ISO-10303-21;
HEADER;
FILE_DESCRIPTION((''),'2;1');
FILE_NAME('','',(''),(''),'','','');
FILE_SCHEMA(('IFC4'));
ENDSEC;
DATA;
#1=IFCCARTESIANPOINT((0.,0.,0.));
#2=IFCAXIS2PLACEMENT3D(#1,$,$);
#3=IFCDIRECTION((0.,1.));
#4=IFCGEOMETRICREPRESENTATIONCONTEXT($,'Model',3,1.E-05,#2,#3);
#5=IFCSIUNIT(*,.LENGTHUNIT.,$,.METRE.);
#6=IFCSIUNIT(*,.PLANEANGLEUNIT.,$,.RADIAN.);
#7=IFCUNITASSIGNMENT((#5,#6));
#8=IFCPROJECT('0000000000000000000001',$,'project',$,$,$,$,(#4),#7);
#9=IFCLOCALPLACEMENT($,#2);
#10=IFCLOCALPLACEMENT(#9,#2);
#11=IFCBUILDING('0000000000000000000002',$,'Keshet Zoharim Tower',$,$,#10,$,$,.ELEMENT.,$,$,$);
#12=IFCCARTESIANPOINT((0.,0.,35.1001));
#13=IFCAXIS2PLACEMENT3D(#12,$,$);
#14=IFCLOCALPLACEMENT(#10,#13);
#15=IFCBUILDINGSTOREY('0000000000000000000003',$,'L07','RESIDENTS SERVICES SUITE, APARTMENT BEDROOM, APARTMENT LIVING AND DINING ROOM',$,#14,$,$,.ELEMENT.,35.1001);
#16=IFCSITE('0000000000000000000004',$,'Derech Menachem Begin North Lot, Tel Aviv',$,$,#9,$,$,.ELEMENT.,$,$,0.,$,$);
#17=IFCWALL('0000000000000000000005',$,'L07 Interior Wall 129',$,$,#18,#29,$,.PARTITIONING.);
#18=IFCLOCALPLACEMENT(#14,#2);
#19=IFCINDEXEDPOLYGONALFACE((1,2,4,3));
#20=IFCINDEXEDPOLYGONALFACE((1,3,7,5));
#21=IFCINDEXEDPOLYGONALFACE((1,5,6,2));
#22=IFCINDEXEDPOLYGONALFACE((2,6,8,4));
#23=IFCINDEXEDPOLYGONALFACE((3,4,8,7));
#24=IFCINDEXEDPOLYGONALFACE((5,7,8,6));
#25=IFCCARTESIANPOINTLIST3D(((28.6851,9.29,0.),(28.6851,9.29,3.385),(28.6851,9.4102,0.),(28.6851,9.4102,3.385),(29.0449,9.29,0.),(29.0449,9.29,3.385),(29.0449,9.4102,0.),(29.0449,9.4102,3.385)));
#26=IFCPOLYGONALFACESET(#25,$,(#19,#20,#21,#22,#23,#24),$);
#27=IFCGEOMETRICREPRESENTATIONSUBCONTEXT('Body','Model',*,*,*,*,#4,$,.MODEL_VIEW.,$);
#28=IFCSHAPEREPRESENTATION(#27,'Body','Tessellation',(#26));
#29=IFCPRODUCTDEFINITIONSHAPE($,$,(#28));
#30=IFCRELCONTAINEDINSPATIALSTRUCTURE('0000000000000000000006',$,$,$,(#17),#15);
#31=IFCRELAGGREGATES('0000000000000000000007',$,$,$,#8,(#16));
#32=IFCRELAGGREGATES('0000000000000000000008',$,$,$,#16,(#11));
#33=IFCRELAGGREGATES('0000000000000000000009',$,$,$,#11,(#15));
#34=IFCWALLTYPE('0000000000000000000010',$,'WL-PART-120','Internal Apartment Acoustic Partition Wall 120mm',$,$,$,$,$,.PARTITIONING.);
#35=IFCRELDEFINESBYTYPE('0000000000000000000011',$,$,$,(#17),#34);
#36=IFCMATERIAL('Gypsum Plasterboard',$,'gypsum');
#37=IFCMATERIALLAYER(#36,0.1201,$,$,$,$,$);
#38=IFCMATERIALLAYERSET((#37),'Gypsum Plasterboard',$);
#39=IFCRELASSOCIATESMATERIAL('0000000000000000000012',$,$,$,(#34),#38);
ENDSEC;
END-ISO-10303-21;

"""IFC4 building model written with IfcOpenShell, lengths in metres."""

from ifc_helpers import new_model, si_unit, direction, frame, frame_2d, origin, place, context, subcontext, project, spatial, rectangle, extrude, material, layer, layer_set, type_object, element, save


model = new_model("IFC4")

# Units and contexts
model_context = context("Model", 3, precision=1e-05, world=origin(), true_north=direction((0.0, 1.0)))
body_context = subcontext(model_context, "Body", "Model", "MODEL_VIEW")
ifc_project = project(units=[si_unit("LENGTHUNIT", "METRE"), si_unit("PLANEANGLEUNIT", "RADIAN")], contexts=[model_context])

# Site, building, storey
site_placement = place(None, origin())
site = spatial("IfcSite", under=ifc_project, at=site_placement, Name="Derech Menachem Begin North Lot, Tel Aviv", CompositionType="ELEMENT", RefElevation=0.0)
building_placement = place(site_placement, origin())
building = spatial("IfcBuilding", under=site, at=building_placement, Name="Keshet Zoharim Tower", CompositionType="ELEMENT")
storey_placement = place(building_placement, frame((0.0, 0.0, 35.1001)))
storey = spatial("IfcBuildingStorey", under=building, at=storey_placement, Name="L07", Description="RESIDENTS SERVICES SUITE, APARTMENT BEDROOM, APARTMENT LIVING AND DINING ROOM", CompositionType="ELEMENT", Elevation=35.1001)

# Wall
ifc_material_1 = material(Name="Gypsum Plasterboard", Category="gypsum")
ifc_layer_1 = layer(ifc_material_1, 0.1201)
ifc_layer_set_1 = layer_set([ifc_layer_1], Name="Gypsum Plasterboard")
wall_type = type_object("IfcWallType", Name="WL-PART-120", Description="Internal Apartment Acoustic Partition Wall 120mm", PredefinedType="PARTITIONING", material=ifc_layer_set_1)
wall_placement = place(storey_placement, frame((28.6851, 9.3501, 0.0), z_axis=(0.0, 0.0, 1.0), x_axis=(1.0, 0.0, 0.0)))
element("IfcWall", 1, at=wall_placement, inside=storey, type_object=wall_type, Name="L07 Interior Wall 129", PredefinedType="PARTITIONING", context=body_context, shape_type="SweptSolid", body=[
    extrude(rectangle(XDim=0.3599, YDim=0.1201, at=frame_2d((0.1799, 0.0))), origin(), (0.0, 0.0, 1.0), 3.385),
])

save(model, "model.ifc")
